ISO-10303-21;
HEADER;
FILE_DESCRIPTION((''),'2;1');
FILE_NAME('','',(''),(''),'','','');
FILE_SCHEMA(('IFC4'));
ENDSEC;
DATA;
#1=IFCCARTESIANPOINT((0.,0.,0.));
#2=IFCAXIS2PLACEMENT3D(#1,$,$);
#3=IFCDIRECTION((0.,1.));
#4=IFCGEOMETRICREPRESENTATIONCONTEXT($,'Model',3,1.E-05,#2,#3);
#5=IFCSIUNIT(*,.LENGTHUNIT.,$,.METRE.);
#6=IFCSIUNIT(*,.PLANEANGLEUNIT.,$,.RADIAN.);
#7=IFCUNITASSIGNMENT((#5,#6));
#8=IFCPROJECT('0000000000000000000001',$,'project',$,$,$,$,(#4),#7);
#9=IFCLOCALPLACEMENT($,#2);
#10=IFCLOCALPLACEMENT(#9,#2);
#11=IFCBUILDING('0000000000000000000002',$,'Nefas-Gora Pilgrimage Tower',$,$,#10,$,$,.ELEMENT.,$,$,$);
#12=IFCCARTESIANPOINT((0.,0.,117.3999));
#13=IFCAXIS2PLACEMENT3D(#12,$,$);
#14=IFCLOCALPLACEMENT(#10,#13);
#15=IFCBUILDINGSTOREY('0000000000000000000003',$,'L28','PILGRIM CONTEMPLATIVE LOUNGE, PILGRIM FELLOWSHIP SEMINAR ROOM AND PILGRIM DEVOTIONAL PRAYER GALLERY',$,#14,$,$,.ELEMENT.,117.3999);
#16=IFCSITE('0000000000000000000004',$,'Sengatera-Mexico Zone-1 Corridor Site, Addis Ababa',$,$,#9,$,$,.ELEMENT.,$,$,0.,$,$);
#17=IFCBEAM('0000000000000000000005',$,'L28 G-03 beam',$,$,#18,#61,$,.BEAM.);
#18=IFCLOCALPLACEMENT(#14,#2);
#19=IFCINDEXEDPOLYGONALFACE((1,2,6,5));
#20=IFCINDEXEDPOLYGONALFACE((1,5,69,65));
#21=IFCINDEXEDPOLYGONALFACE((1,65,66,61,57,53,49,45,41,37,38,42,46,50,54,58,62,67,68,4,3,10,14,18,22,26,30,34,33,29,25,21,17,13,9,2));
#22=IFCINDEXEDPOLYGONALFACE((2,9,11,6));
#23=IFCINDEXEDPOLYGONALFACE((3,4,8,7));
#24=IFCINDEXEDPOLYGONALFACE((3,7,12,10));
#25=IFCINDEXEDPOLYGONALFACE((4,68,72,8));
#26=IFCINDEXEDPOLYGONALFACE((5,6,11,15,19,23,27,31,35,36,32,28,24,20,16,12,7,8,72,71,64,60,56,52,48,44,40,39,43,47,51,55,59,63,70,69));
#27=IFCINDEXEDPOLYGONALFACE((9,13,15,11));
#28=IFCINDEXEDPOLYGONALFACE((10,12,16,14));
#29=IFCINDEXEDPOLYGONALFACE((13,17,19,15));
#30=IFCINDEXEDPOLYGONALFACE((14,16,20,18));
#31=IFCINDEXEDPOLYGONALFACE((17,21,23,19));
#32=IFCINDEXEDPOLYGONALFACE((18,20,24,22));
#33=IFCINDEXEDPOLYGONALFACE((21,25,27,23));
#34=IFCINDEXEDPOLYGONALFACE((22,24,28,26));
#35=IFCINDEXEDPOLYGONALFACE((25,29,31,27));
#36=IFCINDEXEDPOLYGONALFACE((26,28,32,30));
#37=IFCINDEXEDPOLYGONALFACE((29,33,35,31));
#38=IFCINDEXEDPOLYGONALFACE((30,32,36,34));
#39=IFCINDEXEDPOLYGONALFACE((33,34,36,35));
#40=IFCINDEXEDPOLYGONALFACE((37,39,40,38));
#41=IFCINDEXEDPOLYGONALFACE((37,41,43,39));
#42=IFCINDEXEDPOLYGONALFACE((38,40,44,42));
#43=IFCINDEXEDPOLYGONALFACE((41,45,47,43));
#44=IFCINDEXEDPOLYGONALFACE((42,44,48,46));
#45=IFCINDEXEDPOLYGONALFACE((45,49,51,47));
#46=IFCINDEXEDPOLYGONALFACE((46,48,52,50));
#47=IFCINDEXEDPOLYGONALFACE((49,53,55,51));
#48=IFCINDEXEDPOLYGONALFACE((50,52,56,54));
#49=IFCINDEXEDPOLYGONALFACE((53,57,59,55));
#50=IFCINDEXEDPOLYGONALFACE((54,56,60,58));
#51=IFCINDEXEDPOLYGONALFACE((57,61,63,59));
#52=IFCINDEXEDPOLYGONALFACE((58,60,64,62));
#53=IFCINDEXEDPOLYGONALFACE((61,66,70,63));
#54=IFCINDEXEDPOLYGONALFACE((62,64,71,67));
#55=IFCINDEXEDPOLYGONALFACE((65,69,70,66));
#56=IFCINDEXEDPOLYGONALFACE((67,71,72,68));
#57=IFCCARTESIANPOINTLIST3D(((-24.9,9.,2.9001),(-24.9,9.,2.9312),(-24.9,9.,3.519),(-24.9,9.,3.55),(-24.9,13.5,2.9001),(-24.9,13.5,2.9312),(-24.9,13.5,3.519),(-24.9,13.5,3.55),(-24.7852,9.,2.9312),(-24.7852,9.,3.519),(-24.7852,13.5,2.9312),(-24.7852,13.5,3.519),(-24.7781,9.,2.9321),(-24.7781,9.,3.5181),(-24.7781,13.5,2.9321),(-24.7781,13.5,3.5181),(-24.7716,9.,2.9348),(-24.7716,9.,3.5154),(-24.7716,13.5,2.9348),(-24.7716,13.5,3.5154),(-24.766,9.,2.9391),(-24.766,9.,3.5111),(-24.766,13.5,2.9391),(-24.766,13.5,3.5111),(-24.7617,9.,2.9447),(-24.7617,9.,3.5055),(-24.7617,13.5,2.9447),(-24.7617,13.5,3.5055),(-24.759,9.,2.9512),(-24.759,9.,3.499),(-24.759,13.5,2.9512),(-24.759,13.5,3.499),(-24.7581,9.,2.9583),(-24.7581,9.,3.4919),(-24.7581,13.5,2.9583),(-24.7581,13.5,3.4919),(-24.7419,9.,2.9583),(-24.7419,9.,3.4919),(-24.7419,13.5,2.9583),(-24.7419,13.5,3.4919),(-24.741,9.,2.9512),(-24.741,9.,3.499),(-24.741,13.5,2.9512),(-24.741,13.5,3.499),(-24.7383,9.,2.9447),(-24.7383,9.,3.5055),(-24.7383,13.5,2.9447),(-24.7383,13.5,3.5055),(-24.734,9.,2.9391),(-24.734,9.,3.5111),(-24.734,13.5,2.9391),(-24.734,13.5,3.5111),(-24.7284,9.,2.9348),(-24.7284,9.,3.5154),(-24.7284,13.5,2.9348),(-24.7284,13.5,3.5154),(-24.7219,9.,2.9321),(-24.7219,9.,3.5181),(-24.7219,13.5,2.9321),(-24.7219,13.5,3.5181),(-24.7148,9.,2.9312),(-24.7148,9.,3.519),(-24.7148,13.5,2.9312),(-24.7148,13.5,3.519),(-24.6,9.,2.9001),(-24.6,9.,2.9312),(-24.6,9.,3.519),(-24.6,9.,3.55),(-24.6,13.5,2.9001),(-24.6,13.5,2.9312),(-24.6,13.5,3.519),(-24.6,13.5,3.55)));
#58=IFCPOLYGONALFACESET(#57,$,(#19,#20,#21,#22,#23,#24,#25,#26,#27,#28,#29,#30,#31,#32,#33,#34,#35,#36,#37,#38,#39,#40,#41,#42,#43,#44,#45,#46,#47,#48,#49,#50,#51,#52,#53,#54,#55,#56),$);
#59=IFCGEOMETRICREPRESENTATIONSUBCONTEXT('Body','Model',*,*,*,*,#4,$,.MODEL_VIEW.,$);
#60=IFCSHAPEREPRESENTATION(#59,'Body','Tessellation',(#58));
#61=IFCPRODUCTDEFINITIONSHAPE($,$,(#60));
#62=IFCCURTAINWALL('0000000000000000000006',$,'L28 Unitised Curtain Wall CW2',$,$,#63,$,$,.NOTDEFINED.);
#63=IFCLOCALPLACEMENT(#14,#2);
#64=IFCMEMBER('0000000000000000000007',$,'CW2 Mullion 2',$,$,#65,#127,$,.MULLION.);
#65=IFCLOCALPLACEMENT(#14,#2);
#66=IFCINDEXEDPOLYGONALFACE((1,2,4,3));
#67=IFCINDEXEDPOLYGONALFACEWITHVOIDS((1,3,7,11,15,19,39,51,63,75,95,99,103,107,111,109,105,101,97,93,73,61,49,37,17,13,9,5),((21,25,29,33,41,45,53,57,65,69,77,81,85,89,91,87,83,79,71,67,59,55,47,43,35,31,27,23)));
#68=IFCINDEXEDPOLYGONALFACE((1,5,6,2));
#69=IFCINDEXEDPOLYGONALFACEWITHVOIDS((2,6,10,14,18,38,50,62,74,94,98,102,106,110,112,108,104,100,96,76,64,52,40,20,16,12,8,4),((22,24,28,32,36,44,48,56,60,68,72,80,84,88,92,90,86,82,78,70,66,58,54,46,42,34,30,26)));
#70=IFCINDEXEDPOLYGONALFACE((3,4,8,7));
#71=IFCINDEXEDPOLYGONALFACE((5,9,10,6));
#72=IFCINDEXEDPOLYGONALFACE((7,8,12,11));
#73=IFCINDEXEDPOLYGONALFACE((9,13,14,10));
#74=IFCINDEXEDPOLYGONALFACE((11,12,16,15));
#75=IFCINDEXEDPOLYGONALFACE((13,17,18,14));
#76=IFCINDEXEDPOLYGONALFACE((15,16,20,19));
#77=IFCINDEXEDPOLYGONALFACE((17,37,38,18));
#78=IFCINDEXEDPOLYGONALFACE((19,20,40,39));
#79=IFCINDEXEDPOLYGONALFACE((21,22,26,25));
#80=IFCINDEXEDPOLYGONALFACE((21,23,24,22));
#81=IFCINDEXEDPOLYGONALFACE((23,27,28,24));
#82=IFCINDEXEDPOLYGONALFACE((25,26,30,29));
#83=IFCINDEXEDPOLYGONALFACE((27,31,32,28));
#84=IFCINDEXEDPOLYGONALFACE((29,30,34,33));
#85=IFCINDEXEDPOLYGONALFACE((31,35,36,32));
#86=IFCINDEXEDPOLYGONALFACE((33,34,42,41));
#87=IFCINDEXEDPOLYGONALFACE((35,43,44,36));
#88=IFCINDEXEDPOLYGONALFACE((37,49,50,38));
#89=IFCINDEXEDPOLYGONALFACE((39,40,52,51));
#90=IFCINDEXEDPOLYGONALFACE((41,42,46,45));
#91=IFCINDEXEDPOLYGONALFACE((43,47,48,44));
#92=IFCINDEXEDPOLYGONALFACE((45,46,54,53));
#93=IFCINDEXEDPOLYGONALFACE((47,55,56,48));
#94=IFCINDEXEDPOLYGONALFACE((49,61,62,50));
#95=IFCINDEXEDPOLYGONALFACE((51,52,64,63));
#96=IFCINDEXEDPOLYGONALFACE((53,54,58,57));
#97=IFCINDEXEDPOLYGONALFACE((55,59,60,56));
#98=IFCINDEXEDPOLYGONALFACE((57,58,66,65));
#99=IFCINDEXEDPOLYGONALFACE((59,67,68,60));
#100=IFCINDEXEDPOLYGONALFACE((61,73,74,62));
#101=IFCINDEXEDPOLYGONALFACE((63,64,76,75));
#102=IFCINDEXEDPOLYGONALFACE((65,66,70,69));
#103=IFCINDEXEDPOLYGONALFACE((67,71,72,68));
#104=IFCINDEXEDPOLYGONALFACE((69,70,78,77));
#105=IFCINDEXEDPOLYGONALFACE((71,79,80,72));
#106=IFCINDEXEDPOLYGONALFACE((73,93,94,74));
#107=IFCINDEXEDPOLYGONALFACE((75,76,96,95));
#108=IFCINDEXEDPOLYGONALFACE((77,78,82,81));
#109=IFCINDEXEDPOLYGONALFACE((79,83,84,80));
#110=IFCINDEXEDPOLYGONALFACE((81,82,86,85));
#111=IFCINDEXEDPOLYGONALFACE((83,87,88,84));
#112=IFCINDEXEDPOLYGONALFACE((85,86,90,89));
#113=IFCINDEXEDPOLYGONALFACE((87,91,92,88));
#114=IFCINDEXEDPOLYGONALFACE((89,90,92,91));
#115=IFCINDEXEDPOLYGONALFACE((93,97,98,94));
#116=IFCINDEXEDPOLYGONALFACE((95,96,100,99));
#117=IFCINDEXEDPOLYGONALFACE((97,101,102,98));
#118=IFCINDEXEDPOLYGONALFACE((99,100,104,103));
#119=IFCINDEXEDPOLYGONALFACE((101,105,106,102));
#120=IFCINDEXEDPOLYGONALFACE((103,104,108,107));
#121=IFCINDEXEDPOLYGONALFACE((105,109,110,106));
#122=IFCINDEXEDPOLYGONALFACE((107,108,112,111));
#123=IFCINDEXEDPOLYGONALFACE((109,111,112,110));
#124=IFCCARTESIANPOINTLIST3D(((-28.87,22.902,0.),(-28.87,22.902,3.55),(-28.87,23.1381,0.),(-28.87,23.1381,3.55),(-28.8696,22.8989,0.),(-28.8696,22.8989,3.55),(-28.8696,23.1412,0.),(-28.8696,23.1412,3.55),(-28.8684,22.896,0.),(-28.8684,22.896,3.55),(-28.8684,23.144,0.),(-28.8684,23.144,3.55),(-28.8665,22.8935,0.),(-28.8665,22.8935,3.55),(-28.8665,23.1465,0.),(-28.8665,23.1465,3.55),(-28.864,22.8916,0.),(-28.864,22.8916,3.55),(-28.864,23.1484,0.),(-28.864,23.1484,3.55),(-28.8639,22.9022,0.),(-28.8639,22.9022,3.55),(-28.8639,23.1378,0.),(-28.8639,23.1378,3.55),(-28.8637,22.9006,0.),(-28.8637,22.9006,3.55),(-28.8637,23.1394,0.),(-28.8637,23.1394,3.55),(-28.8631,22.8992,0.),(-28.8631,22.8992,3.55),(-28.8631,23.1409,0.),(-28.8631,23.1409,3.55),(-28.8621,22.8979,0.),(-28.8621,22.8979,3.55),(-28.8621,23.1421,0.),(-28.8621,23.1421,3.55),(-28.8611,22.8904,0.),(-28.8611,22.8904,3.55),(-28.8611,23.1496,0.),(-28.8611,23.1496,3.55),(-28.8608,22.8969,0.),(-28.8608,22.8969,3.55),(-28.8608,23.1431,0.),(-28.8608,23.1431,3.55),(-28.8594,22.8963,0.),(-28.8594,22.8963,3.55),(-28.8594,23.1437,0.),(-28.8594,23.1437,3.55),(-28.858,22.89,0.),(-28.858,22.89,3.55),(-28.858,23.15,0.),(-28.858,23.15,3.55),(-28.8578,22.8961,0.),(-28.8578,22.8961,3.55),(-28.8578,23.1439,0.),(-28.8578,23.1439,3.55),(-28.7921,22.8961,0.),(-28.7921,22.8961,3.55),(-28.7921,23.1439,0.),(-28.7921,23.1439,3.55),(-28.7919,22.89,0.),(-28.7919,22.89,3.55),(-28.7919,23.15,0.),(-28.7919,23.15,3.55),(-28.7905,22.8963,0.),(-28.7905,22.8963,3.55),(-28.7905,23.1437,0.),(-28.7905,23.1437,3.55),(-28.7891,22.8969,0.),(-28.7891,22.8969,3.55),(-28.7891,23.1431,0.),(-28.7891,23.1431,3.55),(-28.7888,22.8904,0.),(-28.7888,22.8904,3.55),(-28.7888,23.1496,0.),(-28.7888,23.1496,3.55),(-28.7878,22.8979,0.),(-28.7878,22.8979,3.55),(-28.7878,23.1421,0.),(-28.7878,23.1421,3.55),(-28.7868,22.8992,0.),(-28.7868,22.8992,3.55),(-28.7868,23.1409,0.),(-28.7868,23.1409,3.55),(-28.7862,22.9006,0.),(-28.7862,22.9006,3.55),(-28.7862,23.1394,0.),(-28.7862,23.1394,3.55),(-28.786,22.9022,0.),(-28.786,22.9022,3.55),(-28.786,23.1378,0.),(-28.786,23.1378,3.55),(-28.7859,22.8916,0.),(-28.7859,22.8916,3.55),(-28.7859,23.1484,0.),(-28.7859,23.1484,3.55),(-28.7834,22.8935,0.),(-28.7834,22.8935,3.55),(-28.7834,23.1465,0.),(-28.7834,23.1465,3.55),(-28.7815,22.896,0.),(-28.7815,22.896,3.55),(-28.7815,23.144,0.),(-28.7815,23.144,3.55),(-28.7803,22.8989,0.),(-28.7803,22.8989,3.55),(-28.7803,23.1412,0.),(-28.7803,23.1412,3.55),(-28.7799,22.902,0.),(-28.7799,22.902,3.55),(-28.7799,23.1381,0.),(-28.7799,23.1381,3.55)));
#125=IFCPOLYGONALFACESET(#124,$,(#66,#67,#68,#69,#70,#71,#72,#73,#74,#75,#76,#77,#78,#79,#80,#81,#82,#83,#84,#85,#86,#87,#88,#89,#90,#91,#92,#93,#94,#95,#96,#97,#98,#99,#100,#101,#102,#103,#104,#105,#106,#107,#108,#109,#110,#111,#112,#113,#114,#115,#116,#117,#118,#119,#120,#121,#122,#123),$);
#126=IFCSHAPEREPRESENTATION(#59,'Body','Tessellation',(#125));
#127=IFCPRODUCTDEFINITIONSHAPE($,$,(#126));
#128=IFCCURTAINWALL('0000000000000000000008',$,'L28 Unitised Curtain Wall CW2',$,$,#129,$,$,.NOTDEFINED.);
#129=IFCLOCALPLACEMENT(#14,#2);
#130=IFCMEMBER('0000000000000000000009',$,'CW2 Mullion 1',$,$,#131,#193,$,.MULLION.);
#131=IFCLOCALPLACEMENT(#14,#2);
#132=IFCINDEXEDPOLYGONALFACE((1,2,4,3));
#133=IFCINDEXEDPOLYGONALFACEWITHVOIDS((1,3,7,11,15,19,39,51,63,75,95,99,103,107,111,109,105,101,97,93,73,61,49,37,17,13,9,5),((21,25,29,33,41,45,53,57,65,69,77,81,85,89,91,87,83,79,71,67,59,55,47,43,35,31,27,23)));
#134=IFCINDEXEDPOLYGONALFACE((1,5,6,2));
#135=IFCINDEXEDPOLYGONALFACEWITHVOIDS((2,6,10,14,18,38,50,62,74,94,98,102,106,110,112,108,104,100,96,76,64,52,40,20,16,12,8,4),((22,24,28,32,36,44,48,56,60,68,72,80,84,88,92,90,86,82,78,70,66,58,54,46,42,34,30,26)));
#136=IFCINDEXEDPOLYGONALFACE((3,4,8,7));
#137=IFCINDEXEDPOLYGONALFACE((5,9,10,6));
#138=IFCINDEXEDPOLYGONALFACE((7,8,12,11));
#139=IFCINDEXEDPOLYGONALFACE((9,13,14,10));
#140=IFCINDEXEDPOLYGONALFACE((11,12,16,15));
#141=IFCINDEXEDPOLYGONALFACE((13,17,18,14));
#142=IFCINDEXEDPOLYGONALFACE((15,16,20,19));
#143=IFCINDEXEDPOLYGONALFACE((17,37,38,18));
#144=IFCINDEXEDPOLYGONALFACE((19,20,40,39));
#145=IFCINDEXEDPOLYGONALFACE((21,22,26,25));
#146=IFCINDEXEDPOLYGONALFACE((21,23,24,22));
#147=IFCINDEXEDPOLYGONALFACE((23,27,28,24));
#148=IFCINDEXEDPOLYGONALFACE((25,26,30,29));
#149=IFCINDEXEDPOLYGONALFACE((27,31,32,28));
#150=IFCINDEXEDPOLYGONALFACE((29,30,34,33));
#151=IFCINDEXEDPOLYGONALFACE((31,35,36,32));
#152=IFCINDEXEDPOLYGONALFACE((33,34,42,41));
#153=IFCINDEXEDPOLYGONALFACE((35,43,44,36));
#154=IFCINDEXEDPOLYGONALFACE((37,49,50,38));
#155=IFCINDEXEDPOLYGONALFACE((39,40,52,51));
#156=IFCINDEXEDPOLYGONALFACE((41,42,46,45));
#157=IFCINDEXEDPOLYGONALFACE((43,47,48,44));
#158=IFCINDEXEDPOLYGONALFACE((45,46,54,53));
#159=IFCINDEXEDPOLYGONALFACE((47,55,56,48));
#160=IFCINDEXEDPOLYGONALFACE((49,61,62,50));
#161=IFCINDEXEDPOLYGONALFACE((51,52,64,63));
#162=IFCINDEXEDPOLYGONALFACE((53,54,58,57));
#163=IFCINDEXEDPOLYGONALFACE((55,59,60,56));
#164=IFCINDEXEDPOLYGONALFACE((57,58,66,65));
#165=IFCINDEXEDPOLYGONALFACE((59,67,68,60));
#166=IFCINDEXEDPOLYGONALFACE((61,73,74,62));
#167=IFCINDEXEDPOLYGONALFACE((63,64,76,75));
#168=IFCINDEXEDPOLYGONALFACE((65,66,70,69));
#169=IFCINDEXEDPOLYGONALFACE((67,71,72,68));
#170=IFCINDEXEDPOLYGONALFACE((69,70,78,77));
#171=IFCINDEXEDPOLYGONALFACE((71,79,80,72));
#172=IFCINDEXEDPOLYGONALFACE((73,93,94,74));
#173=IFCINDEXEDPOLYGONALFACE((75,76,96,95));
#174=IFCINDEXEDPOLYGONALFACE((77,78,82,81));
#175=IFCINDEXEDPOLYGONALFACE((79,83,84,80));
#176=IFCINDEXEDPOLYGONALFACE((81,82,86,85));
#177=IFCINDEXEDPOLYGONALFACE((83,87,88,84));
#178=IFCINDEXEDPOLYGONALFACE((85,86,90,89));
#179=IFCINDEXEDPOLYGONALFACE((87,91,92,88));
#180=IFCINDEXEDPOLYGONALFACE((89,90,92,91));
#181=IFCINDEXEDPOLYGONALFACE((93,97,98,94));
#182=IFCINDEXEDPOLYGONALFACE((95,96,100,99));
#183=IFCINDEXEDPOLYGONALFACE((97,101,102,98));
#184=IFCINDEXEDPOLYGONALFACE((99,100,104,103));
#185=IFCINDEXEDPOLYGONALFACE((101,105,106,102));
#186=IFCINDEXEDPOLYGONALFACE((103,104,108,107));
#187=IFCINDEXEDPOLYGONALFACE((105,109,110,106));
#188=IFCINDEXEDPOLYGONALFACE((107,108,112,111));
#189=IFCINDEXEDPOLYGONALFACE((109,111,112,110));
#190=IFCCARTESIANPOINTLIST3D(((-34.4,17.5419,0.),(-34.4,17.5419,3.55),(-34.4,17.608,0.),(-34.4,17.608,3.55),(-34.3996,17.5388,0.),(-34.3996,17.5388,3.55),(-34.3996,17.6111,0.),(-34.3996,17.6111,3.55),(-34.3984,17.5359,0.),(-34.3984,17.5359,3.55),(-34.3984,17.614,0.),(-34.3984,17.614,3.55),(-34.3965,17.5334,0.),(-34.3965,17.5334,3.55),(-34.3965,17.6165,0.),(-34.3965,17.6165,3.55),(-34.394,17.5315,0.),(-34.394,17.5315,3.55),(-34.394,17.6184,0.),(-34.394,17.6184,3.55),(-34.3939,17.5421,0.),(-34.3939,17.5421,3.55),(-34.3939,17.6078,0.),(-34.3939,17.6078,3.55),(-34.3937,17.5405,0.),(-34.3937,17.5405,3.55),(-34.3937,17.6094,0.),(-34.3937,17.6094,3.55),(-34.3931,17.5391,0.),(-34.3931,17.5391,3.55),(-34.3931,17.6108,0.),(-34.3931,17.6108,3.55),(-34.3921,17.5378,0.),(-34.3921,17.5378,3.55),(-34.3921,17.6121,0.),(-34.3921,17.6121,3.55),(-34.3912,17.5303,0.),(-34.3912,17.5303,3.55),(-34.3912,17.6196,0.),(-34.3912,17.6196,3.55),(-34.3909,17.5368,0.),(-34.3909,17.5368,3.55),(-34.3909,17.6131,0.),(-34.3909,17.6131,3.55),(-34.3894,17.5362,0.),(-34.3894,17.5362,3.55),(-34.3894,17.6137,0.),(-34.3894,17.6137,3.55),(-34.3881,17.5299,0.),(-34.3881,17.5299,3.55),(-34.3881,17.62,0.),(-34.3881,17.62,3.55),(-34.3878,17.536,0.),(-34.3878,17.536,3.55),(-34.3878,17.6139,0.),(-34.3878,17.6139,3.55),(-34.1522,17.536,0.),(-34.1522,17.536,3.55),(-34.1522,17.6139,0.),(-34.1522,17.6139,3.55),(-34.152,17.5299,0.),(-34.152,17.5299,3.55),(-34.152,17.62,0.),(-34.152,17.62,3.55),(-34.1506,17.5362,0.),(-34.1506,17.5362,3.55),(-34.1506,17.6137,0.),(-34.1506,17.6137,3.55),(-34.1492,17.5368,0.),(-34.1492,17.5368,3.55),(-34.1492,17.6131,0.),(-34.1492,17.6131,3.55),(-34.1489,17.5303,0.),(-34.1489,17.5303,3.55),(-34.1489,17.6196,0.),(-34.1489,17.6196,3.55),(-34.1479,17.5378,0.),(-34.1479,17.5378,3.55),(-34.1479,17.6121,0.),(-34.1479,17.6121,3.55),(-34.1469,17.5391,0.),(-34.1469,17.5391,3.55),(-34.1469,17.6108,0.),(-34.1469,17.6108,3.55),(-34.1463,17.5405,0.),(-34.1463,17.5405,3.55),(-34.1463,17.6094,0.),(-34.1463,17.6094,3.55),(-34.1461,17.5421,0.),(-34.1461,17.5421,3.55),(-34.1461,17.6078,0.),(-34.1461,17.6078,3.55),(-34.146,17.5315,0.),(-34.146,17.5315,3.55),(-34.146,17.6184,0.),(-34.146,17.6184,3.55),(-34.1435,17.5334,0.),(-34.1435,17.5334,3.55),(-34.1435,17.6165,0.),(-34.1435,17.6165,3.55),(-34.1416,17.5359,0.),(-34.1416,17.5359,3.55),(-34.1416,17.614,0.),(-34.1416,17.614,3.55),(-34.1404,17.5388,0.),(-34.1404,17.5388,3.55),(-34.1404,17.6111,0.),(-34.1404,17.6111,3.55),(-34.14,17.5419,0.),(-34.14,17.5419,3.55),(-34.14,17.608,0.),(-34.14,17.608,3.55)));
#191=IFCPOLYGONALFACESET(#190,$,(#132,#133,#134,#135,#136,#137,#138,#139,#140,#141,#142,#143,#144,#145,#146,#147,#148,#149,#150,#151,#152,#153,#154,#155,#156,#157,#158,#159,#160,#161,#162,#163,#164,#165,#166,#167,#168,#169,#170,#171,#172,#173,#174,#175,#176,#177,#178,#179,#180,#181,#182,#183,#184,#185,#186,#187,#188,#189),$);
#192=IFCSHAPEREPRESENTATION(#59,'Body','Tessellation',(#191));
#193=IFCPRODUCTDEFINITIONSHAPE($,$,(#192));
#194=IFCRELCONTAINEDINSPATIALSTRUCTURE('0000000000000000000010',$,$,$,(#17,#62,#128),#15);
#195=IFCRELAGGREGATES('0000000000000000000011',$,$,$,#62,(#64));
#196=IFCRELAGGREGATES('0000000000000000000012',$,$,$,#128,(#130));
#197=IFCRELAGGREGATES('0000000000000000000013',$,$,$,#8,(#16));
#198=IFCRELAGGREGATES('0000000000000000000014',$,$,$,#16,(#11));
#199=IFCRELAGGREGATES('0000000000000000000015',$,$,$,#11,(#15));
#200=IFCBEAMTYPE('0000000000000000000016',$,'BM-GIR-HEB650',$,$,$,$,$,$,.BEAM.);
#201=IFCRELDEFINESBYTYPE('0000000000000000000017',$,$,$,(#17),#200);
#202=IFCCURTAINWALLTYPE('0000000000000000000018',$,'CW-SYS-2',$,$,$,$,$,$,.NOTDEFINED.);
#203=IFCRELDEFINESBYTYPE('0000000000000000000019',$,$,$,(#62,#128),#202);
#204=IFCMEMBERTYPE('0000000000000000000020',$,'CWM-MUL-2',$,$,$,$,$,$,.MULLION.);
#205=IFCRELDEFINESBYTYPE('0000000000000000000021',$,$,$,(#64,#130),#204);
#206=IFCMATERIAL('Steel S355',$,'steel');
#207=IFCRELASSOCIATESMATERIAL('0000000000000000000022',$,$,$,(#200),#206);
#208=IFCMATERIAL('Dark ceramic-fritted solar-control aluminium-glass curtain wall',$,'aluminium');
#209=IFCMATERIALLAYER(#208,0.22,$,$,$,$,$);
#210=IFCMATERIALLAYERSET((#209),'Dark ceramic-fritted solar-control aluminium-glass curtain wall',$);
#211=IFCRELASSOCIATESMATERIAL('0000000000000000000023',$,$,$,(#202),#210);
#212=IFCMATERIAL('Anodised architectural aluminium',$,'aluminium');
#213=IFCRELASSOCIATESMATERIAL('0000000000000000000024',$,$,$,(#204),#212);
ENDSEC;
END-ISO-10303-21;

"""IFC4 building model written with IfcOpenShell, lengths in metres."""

from ifc_helpers import new_model, si_unit, direction, frame, origin, origin_2d, place, context, subcontext, project, spatial, hollow_rectangle, i_section, extrude, source, transform, mapped, material, layer, layer_set, material_profile, profile_set, type_object, element, aggregate, save


model = new_model("IFC4")

# Units and contexts
model_context = context("Model", 3, precision=1e-05, world=origin(), true_north=direction((0.0, 1.0)))
body_context = subcontext(model_context, "Body", "Model", "MODEL_VIEW")
ifc_project = project(units=[si_unit("LENGTHUNIT", "METRE"), si_unit("PLANEANGLEUNIT", "RADIAN")], contexts=[model_context])

# Site, building, storey
site_placement = place(None, origin())
site = spatial("IfcSite", under=ifc_project, at=site_placement, Name="Sengatera-Mexico Zone-1 Corridor Site, Addis Ababa", CompositionType="ELEMENT", RefElevation=0.0)
building_placement = place(site_placement, origin())
building = spatial("IfcBuilding", under=site, at=building_placement, Name="Nefas-Gora Pilgrimage Tower", CompositionType="ELEMENT")
storey_placement = place(building_placement, frame((0.0, 0.0, 117.3999)))
storey = spatial("IfcBuildingStorey", under=building, at=storey_placement, Name="L28", Description="PILGRIM CONTEMPLATIVE LOUNGE, PILGRIM FELLOWSHIP SEMINAR ROOM AND PILGRIM DEVOTIONAL PRAYER GALLERY", CompositionType="ELEMENT", Elevation=117.3999)

# Beam
ifc_material_1 = material(Name="Steel S355", Category="steel")
ifc_material_profile_1 = material_profile(ifc_material_1, i_section(OverallWidth=0.3, OverallDepth=0.6499, WebThickness=0.0161, FlangeThickness=0.031, FilletRadius=0.0271, at=origin_2d()), Name="HEB 650")
ifc_profile_set_1 = profile_set([ifc_material_profile_1], Name="Steel S355")
beam_type_1 = type_object("IfcBeamType", Name="BM-GIR-HEB650", PredefinedType="BEAM", material=ifc_profile_set_1)
shared_shape_1 = source(origin(), body_context, "Body", "SweptSolid", [
    extrude(i_section(OverallWidth=0.3, OverallDepth=0.6499, WebThickness=0.0161, FlangeThickness=0.031, FilletRadius=0.0271, at=origin_2d()), origin(), (0.0, 0.0, 1.0), 4.5),
])
for number, where, z_axis, x_axis, name in (
    (1, (-24.75, 9.0, 3.2251), (0.0, 1.0, 0.0), (-1.0, 0.0, 0.0), "L28 G-03 beam"),
):
    element("IfcBeam", number, at=place(storey_placement, frame(where, z_axis=z_axis, x_axis=x_axis)), inside=storey, type_object=beam_type_1, Name=name, PredefinedType="BEAM", context=body_context, shape_type="MappedRepresentation", body=[
        mapped(shared_shape_1, transform((0.0, 0.0, 0.0), x_axis=(1.0, 0.0, 0.0), y_axis=(0.0, 1.0, 0.0), z_axis=(0.0, 0.0, 1.0), scale=1.0)),
    ])

# Curtain wall, member
ifc_material_2 = material(Name="Dark ceramic-fritted solar-control aluminium-glass curtain wall", Category="aluminium")
ifc_layer_1 = layer(ifc_material_2, 0.22)
ifc_layer_set_1 = layer_set([ifc_layer_1], Name="Dark ceramic-fritted solar-control aluminium-glass curtain wall")
curtain_wall_type = type_object("IfcCurtainWallType", Name="CW-SYS-2", PredefinedType="NOTDEFINED", material=ifc_layer_set_1)
curtain_wall_1_placement = place(storey_placement, origin())
curtain_wall_1 = element("IfcCurtainWall", 2, at=curtain_wall_1_placement, inside=storey, type_object=curtain_wall_type, Name="L28 Unitised Curtain Wall CW2", PredefinedType="NOTDEFINED")
ifc_material_3 = material(Name="Anodised architectural aluminium", Category="aluminium")
ifc_material_profile_2 = material_profile(ifc_material_3, hollow_rectangle(XDim=0.0901, YDim=0.26, WallThickness=0.0061, InnerFilletRadius=0.0061, OuterFilletRadius=0.012, at=origin_2d()), Name="ALU MULLION 90x260")
ifc_profile_set_2 = profile_set([ifc_material_profile_2], Name="Anodised architectural aluminium")
member_type_1 = type_object("IfcMemberType", Name="CWM-MUL-2", PredefinedType="MULLION", material=ifc_profile_set_2)
shared_shape_2 = source(origin(), body_context, "Body", "SweptSolid", [
    extrude(hollow_rectangle(XDim=0.0901, YDim=0.26, WallThickness=0.0061, InnerFilletRadius=0.0061, OuterFilletRadius=0.012, at=origin_2d()), origin(), (0.0, 0.0, 1.0), 3.55),
])
member_1_placement = place(storey_placement, frame((-28.825, 23.02, 0.0), z_axis=(0.0, 0.0, 1.0), x_axis=(-1.0, 0.0, 0.0)))
member_1 = element("IfcMember", 3, at=member_1_placement, type_object=member_type_1, Name="CW2 Mullion 2", PredefinedType="MULLION", context=body_context, shape_type="MappedRepresentation", body=[
    mapped(shared_shape_2, transform((0.0, 0.0, 0.0), x_axis=(1.0, 0.0, 0.0), y_axis=(0.0, 1.0, 0.0), z_axis=(0.0, 0.0, 1.0), scale=1.0)),
])
aggregate(curtain_wall_1, [member_1])

# Curtain wall, member
curtain_wall_2_placement = place(storey_placement, origin())
curtain_wall_2 = element("IfcCurtainWall", 4, at=curtain_wall_2_placement, inside=storey, type_object=curtain_wall_type, Name="L28 Unitised Curtain Wall CW2", PredefinedType="NOTDEFINED")
member_2_placement = place(storey_placement, frame((-34.27, 17.575, 0.0), z_axis=(0.0, 0.0, 1.0), x_axis=(0.0, -1.0, 0.0)))
member_2 = element("IfcMember", 5, at=member_2_placement, type_object=member_type_1, Name="CW2 Mullion 1", PredefinedType="MULLION", context=body_context, shape_type="MappedRepresentation", body=[
    mapped(shared_shape_2, transform((0.0, 0.0, 0.0), x_axis=(1.0, 0.0, 0.0), y_axis=(0.0, 1.0, 0.0), z_axis=(0.0, 0.0, 1.0), scale=1.0)),
])
aggregate(curtain_wall_2, [member_2])

save(model, "model.ifc")
